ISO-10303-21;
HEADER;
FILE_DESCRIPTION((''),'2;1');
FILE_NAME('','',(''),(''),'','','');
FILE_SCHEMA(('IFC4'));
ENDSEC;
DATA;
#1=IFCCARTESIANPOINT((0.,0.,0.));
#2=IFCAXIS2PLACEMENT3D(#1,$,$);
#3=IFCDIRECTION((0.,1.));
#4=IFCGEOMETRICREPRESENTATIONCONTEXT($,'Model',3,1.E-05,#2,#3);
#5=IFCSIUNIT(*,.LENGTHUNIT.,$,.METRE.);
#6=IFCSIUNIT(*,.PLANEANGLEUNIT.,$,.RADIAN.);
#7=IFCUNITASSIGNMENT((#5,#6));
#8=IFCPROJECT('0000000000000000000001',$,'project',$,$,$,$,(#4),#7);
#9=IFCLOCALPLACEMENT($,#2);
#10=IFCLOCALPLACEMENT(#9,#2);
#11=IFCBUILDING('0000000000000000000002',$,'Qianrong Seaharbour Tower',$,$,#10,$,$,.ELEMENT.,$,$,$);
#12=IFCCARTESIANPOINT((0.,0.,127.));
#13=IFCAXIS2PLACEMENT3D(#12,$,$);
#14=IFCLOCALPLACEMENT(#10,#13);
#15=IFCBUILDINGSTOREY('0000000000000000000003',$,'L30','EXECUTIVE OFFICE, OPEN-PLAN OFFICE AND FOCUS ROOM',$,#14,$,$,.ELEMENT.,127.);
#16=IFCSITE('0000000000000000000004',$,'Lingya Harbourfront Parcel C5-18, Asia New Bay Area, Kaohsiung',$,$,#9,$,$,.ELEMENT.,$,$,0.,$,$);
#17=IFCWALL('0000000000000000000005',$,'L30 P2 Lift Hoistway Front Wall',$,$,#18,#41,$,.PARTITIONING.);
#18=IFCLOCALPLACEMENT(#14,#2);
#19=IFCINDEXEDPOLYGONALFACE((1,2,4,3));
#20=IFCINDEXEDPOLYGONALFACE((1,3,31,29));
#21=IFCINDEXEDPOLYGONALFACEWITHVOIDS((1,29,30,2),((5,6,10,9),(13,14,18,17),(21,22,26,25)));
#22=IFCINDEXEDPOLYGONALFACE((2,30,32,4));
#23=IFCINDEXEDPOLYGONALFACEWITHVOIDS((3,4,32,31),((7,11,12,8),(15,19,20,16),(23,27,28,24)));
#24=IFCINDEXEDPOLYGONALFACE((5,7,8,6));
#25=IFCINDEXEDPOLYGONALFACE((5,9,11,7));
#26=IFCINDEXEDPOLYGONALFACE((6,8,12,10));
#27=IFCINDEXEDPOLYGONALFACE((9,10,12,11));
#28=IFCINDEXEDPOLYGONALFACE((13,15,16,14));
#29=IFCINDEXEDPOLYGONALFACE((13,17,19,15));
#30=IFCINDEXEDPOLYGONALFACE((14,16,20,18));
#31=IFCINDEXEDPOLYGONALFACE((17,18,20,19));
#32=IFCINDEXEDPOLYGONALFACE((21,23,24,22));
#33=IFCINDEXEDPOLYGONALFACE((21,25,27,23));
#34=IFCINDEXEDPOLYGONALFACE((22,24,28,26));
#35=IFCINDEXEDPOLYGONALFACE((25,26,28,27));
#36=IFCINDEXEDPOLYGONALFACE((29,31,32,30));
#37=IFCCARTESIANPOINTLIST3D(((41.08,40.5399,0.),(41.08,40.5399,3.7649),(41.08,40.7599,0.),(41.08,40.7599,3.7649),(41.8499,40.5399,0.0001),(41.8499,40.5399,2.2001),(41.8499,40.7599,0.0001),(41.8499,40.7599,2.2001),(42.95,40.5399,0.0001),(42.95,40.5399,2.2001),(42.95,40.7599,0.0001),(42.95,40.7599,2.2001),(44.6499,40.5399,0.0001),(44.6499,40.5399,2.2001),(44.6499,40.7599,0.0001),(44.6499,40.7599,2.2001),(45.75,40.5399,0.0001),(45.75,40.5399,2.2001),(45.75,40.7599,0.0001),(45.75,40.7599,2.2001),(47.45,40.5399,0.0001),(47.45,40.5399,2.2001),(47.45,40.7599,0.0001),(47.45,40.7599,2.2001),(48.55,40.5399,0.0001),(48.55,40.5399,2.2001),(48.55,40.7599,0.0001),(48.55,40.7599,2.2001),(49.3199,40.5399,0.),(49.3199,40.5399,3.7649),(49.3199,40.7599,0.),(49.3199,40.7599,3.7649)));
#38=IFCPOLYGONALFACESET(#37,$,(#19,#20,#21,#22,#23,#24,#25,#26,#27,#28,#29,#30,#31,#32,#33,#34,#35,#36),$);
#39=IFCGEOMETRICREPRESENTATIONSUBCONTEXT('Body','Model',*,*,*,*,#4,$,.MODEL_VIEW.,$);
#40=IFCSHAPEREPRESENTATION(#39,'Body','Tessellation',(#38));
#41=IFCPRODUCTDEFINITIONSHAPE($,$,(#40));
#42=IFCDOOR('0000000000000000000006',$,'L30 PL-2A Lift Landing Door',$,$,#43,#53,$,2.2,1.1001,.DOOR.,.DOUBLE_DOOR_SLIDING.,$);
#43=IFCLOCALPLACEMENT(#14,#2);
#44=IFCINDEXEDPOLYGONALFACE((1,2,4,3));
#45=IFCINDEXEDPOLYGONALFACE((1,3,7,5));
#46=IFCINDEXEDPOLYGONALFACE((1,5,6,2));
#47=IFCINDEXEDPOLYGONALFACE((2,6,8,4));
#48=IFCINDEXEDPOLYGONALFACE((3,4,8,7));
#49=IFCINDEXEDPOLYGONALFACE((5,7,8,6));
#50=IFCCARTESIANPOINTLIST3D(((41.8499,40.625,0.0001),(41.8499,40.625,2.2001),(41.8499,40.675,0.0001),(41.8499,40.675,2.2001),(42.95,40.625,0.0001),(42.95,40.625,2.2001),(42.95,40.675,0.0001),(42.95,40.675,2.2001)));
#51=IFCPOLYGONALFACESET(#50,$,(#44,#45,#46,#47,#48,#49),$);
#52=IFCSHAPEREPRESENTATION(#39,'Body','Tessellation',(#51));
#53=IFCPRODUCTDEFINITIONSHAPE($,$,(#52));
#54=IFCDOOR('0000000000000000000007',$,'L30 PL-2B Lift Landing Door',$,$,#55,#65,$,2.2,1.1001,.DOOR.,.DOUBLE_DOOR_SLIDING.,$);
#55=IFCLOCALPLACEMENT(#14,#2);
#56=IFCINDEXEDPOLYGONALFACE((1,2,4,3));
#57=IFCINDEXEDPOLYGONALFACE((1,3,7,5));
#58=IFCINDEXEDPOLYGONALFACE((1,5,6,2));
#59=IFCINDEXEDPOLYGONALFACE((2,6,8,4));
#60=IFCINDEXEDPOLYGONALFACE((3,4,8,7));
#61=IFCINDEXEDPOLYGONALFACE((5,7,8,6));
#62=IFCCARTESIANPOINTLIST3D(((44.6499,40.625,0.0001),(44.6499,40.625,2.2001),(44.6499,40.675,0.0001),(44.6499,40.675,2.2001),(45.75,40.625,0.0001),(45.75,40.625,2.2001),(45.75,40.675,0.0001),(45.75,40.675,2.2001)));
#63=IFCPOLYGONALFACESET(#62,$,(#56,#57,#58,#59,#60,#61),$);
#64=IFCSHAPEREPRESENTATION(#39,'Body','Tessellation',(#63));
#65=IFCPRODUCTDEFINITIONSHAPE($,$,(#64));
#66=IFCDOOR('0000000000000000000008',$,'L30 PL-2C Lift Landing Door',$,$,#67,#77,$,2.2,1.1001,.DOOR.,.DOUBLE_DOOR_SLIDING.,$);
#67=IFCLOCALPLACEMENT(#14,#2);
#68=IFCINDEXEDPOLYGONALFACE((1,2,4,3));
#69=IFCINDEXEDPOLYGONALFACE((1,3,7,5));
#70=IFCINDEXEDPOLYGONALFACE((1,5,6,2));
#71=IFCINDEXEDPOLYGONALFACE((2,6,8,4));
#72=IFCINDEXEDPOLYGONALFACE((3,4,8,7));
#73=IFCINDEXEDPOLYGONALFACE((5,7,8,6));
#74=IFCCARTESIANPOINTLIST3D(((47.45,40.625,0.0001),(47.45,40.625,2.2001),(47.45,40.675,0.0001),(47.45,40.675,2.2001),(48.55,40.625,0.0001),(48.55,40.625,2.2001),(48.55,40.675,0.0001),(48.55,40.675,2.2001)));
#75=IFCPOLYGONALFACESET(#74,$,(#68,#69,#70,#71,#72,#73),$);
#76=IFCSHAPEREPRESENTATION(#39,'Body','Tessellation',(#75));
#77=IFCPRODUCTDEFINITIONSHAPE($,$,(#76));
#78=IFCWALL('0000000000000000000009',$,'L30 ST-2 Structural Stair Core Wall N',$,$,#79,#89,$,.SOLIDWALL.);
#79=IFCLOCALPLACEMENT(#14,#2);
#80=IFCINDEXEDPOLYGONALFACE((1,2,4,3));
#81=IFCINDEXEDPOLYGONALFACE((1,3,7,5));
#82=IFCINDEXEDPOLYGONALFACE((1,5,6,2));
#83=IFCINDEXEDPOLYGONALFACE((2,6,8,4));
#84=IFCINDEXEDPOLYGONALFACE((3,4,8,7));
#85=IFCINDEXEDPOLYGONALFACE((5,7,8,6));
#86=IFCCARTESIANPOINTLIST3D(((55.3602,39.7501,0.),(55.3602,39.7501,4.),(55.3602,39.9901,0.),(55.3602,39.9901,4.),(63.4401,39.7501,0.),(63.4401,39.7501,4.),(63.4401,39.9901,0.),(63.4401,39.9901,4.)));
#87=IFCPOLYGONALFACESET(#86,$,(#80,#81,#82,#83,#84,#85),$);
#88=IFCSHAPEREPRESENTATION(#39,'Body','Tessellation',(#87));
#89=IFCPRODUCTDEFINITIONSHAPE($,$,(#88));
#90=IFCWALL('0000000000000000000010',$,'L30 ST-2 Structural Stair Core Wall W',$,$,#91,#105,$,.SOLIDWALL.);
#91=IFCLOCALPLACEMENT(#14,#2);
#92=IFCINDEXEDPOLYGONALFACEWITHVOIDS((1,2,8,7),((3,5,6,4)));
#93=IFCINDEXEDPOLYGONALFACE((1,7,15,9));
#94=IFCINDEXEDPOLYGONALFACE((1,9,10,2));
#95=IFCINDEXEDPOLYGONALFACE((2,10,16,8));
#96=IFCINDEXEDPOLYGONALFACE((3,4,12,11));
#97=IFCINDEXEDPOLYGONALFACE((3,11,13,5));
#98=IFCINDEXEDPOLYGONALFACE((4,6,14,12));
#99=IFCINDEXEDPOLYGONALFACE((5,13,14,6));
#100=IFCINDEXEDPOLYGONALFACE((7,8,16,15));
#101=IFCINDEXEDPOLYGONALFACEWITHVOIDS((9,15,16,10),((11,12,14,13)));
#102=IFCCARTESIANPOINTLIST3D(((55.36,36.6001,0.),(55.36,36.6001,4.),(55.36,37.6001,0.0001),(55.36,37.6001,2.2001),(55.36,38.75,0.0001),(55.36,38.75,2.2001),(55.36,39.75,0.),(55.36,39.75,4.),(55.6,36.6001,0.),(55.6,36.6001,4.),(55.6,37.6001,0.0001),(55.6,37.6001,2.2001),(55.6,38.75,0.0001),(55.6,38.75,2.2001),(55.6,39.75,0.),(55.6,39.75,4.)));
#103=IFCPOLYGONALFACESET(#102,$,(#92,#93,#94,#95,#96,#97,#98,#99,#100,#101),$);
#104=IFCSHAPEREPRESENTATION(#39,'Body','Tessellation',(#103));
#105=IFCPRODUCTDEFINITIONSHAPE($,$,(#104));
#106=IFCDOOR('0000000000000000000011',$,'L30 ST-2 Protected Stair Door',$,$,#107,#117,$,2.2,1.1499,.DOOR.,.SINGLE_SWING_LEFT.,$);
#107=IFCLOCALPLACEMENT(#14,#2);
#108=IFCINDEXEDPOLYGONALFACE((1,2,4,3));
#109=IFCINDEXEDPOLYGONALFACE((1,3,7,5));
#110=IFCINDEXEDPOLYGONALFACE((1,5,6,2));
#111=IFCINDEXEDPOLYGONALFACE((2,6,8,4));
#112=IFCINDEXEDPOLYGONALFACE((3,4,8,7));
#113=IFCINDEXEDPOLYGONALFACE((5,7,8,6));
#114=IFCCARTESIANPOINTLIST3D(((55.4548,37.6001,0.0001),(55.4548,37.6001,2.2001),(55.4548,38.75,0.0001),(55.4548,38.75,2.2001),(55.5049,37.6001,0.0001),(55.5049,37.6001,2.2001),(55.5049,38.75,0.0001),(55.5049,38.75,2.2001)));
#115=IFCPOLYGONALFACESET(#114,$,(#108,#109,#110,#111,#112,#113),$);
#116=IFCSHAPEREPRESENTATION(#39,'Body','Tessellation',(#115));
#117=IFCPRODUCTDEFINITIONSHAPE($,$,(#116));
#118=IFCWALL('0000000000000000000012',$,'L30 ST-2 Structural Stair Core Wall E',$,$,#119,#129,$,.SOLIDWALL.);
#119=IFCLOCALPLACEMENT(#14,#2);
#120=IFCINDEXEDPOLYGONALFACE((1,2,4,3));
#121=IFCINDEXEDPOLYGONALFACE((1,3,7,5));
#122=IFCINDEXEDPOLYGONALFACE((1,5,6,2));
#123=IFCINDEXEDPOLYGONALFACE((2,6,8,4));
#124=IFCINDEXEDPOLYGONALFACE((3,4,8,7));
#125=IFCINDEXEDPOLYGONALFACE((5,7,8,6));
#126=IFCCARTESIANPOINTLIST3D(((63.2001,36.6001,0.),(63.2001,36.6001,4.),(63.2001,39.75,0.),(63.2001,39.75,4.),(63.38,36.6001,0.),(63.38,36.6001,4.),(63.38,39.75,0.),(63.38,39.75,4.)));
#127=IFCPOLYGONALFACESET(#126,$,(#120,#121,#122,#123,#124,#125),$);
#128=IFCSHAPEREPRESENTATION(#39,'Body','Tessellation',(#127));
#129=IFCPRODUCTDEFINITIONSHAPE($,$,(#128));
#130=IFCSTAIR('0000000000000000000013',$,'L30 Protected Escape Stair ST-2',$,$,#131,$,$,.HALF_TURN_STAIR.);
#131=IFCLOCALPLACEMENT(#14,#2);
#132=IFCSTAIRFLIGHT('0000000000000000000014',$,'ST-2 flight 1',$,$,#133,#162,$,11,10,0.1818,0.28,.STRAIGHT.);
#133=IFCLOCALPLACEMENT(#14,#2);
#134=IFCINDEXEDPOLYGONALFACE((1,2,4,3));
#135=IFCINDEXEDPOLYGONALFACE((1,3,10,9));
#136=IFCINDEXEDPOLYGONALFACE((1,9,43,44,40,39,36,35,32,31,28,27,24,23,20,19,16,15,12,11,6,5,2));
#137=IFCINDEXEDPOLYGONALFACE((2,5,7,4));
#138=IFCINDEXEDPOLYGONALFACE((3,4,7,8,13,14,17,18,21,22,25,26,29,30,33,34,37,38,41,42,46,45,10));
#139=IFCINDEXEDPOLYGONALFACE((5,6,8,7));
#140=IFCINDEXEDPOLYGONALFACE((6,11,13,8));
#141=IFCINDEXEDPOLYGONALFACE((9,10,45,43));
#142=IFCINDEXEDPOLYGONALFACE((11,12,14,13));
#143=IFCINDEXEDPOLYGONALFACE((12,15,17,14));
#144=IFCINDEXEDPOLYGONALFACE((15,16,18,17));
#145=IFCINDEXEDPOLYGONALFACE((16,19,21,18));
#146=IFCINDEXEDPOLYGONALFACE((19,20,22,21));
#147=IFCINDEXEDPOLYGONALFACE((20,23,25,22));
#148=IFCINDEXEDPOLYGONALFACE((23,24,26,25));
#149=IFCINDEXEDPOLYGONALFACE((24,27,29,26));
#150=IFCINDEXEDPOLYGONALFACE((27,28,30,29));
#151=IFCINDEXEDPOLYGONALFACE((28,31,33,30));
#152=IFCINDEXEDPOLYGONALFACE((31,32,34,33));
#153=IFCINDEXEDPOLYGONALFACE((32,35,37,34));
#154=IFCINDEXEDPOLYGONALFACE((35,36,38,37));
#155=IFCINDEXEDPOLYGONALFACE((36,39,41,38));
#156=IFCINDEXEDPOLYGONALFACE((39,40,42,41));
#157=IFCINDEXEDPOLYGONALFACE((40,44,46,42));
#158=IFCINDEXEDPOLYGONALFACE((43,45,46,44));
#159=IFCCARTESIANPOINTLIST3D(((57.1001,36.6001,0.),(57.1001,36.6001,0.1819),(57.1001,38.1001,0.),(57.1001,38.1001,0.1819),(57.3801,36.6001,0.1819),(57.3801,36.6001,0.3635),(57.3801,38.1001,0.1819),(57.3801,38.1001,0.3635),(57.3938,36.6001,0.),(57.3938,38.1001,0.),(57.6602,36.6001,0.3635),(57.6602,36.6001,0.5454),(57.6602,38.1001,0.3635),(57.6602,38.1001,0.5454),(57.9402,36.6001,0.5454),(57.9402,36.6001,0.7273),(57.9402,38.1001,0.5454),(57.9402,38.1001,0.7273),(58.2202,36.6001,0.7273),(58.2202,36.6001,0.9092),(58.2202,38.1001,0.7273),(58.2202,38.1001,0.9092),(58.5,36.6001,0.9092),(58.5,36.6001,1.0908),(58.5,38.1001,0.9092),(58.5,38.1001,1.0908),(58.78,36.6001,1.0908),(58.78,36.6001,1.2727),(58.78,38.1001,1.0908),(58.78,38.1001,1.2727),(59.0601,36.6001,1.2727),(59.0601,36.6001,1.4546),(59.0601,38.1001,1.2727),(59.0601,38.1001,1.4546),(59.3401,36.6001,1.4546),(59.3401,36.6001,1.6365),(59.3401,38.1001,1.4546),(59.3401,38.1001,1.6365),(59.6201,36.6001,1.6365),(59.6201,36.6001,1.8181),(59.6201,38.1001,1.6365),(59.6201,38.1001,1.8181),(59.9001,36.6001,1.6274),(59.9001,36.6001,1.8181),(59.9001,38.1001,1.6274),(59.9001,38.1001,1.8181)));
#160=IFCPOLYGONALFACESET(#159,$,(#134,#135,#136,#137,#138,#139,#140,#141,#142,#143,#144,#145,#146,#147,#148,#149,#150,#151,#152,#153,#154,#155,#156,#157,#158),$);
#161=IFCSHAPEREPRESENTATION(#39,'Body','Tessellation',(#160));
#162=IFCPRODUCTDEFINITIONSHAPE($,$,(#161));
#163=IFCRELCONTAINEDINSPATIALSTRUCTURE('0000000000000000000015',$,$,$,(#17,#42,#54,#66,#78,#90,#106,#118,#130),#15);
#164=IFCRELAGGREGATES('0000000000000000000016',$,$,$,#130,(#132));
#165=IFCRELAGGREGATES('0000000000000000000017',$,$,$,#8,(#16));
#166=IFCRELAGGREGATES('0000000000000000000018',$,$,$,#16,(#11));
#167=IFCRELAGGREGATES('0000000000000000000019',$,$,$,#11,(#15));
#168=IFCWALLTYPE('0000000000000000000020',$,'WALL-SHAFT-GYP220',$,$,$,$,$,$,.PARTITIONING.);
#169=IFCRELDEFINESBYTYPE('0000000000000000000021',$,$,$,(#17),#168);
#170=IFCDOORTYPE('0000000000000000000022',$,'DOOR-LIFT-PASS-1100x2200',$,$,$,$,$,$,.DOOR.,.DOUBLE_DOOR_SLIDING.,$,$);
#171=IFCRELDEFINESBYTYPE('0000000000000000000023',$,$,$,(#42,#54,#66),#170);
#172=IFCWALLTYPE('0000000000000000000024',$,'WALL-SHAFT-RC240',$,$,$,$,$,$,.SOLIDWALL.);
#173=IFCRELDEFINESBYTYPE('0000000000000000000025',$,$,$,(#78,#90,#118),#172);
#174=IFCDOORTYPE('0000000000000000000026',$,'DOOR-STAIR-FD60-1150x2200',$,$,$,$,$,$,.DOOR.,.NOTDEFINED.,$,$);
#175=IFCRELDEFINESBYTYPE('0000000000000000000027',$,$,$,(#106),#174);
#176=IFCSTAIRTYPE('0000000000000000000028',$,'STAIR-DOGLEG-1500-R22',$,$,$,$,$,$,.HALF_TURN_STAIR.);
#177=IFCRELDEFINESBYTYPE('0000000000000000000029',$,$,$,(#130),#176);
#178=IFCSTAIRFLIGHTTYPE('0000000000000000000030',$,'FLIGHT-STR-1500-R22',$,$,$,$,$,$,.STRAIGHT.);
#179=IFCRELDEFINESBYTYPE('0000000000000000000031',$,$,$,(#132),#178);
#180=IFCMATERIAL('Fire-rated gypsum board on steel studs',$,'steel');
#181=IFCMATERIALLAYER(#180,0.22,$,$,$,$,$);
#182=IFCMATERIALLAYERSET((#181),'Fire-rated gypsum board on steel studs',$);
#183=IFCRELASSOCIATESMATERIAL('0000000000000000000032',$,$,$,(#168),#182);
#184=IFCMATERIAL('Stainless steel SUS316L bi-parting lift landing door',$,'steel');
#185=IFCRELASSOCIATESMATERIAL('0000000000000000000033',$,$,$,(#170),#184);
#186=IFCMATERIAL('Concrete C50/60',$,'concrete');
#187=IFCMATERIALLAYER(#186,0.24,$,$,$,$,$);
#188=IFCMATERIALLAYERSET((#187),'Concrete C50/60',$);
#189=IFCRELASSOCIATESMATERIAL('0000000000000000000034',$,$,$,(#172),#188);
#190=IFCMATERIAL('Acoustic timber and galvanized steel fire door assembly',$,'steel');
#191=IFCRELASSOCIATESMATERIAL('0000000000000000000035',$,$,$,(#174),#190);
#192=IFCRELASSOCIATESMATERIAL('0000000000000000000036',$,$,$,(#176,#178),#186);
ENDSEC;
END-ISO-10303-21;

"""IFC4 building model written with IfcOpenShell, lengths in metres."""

from ifc_helpers import new_model, si_unit, direction, frame, frame_2d, origin, place, context, subcontext, project, spatial, polyline, rectangle, outline, extrude, material, layer, layer_set, type_object, element, fill, aggregate, save


model = new_model("IFC4")

# Units and contexts
model_context = context("Model", 3, precision=1e-05, world=origin(), true_north=direction((0.0, 1.0)))
body_context = subcontext(model_context, "Body", "Model", "MODEL_VIEW")
ifc_project = project(units=[si_unit("LENGTHUNIT", "METRE"), si_unit("PLANEANGLEUNIT", "RADIAN")], contexts=[model_context])

# Site, building, storey
site_placement = place(None, origin())
site = spatial("IfcSite", under=ifc_project, at=site_placement, Name="Lingya Harbourfront Parcel C5-18, Asia New Bay Area, Kaohsiung", CompositionType="ELEMENT", RefElevation=0.0)
building_placement = place(site_placement, origin())
building = spatial("IfcBuilding", under=site, at=building_placement, Name="Qianrong Seaharbour Tower", CompositionType="ELEMENT")
storey_placement = place(building_placement, frame((0.0, 0.0, 127.0)))
storey = spatial("IfcBuildingStorey", under=building, at=storey_placement, Name="L30", Description="EXECUTIVE OFFICE, OPEN-PLAN OFFICE AND FOCUS ROOM", CompositionType="ELEMENT", Elevation=127.0)

# Shared definitions
ifc_material_1 = material(Name="Acoustic timber and galvanized steel fire door assembly", Category="steel")

# Wall, openings, doors
ifc_material_2 = material(Name="Fire-rated gypsum board on steel studs", Category="steel")
ifc_layer_1 = layer(ifc_material_2, 0.22)
ifc_layer_set_1 = layer_set([ifc_layer_1], Name="Fire-rated gypsum board on steel studs")
wall_type_1 = type_object("IfcWallType", Name="WALL-SHAFT-GYP220", PredefinedType="PARTITIONING", material=ifc_layer_set_1)
wall_1_placement = place(storey_placement, frame((49.3201, 40.6499, 0.0), z_axis=(0.0, 0.0, 1.0), x_axis=(-1.0, 0.0, 0.0)))
wall_1 = element("IfcWall", 1, at=wall_1_placement, inside=storey, type_object=wall_type_1, Name="L30 P2 Lift Hoistway Front Wall", PredefinedType="PARTITIONING", context=body_context, shape_type="SweptSolid", body=[
    extrude(rectangle(XDim=8.24, YDim=0.22, at=frame_2d((4.1201, 0.0))), origin(), (0.0, 0.0, 1.0), 3.7649),
])
opening_1_placement = place(wall_1_placement, frame((6.3701, 0.0, 0.0)))
opening_1 = element("IfcOpeningElement", 2, at=opening_1_placement, cuts=wall_1, PredefinedType="OPENING", context=body_context, shape_type="SweptSolid", body=[
    extrude(rectangle(XDim=1.1001, YDim=2.2, at=frame_2d((0.55, 1.1001))), frame((0.0, 0.1201, 0.0), z_axis=(0.0, -1.0, 0.0), x_axis=(1.0, 0.0, 0.0)), (0.0, 0.0, 1.0), 0.24),
])
opening_2_placement = place(wall_1_placement, frame((3.5701, 0.0, 0.0)))
opening_2 = element("IfcOpeningElement", 3, at=opening_2_placement, cuts=wall_1, PredefinedType="OPENING", context=body_context, shape_type="SweptSolid", body=[
    extrude(rectangle(XDim=1.1001, YDim=2.2, at=frame_2d((0.55, 1.1001))), frame((0.0, 0.1201, 0.0), z_axis=(0.0, -1.0, 0.0), x_axis=(1.0, 0.0, 0.0)), (0.0, 0.0, 1.0), 0.24),
])
opening_3_placement = place(wall_1_placement, frame((0.77, 0.0, 0.0)))
opening_3 = element("IfcOpeningElement", 4, at=opening_3_placement, cuts=wall_1, PredefinedType="OPENING", context=body_context, shape_type="SweptSolid", body=[
    extrude(rectangle(XDim=1.1001, YDim=2.2, at=frame_2d((0.55, 1.1001))), frame((0.0, 0.1201, 0.0), z_axis=(0.0, -1.0, 0.0), x_axis=(1.0, 0.0, 0.0)), (0.0, 0.0, 1.0), 0.24),
])
ifc_material_3 = material(Name="Stainless steel SUS316L bi-parting lift landing door", Category="steel")
door_type_1 = type_object("IfcDoorType", Name="DOOR-LIFT-PASS-1100x2200", OperationType="DOUBLE_DOOR_SLIDING", PredefinedType="DOOR", material=ifc_material_3)
door_1_placement = place(opening_1_placement, origin())
door_1 = element("IfcDoor", 5, at=door_1_placement, inside=storey, type_object=door_type_1, Name="L30 PL-2A Lift Landing Door", OperationType="DOUBLE_DOOR_SLIDING", OverallHeight=2.2, OverallWidth=1.1001, PredefinedType="DOOR", context=body_context, shape_type="SweptSolid", body=[
    extrude(rectangle(XDim=1.1001, YDim=2.2, at=frame_2d((0.55, 1.1001))), frame((0.0, 0.0249, 0.0), z_axis=(0.0, -1.0, 0.0), x_axis=(1.0, 0.0, 0.0)), (0.0, 0.0, 1.0), 0.05),
])
fill(opening_1, door_1)
door_2_placement = place(opening_2_placement, origin())
door_2 = element("IfcDoor", 6, at=door_2_placement, inside=storey, type_object=door_type_1, Name="L30 PL-2B Lift Landing Door", OperationType="DOUBLE_DOOR_SLIDING", OverallHeight=2.2, OverallWidth=1.1001, PredefinedType="DOOR", context=body_context, shape_type="SweptSolid", body=[
    extrude(rectangle(XDim=1.1001, YDim=2.2, at=frame_2d((0.55, 1.1001))), frame((0.0, 0.0249, 0.0), z_axis=(0.0, -1.0, 0.0), x_axis=(1.0, 0.0, 0.0)), (0.0, 0.0, 1.0), 0.05),
])
fill(opening_2, door_2)
door_3_placement = place(opening_3_placement, origin())
door_3 = element("IfcDoor", 7, at=door_3_placement, inside=storey, type_object=door_type_1, Name="L30 PL-2C Lift Landing Door", OperationType="DOUBLE_DOOR_SLIDING", OverallHeight=2.2, OverallWidth=1.1001, PredefinedType="DOOR", context=body_context, shape_type="SweptSolid", body=[
    extrude(rectangle(XDim=1.1001, YDim=2.2, at=frame_2d((0.55, 1.1001))), frame((0.0, 0.0249, 0.0), z_axis=(0.0, -1.0, 0.0), x_axis=(1.0, 0.0, 0.0)), (0.0, 0.0, 1.0), 0.05),
])
fill(opening_3, door_3)

# Wall
ifc_material_4 = material(Name="Concrete C50/60", Category="concrete")
ifc_layer_2 = layer(ifc_material_4, 0.24)
ifc_layer_set_2 = layer_set([ifc_layer_2], Name="Concrete C50/60")
wall_type_2 = type_object("IfcWallType", Name="WALL-SHAFT-RC240", PredefinedType="SOLIDWALL", material=ifc_layer_set_2)
wall_2_placement = place(storey_placement, frame((55.3601, 39.8701, 0.0), z_axis=(0.0, 0.0, 1.0), x_axis=(1.0, 0.0, 0.0)))
element("IfcWall", 8, at=wall_2_placement, inside=storey, type_object=wall_type_2, Name="L30 ST-2 Structural Stair Core Wall N", PredefinedType="SOLIDWALL", context=body_context, shape_type="SweptSolid", body=[
    extrude(rectangle(XDim=8.0798, YDim=0.24, at=frame_2d((4.04, 0.0))), origin(), (0.0, 0.0, 1.0), 4.0),
])

# Wall, opening, door
wall_3_placement = place(storey_placement, frame((55.48, 39.75, 0.0), z_axis=(0.0, 0.0, 1.0), x_axis=(0.0, -1.0, 0.0)))
wall_3 = element("IfcWall", 9, at=wall_3_placement, inside=storey, type_object=wall_type_2, Name="L30 ST-2 Structural Stair Core Wall W", PredefinedType="SOLIDWALL", context=body_context, shape_type="SweptSolid", body=[
    extrude(rectangle(XDim=3.1499, YDim=0.24, at=frame_2d((1.575, 0.0))), origin(), (0.0, 0.0, 1.0), 4.0),
])
opening_4_placement = place(wall_3_placement, frame((1.0, 0.0, 0.0)))
opening_4 = element("IfcOpeningElement", 10, at=opening_4_placement, cuts=wall_3, PredefinedType="OPENING", context=body_context, shape_type="SweptSolid", body=[
    extrude(rectangle(XDim=1.1499, YDim=2.2, at=frame_2d((0.575, 1.1001))), frame((0.0, 0.1299, 0.0), z_axis=(0.0, -1.0, 0.0), x_axis=(1.0, 0.0, 0.0)), (0.0, 0.0, 1.0), 0.26),
])
door_type_2 = type_object("IfcDoorType", Name="DOOR-STAIR-FD60-1150x2200", OperationType="NOTDEFINED", PredefinedType="DOOR", material=ifc_material_1)
door_4_placement = place(opening_4_placement, origin())
door_4 = element("IfcDoor", 11, at=door_4_placement, inside=storey, type_object=door_type_2, Name="L30 ST-2 Protected Stair Door", OperationType="SINGLE_SWING_LEFT", OverallHeight=2.2, OverallWidth=1.1499, PredefinedType="DOOR", context=body_context, shape_type="SweptSolid", body=[
    extrude(rectangle(XDim=1.1499, YDim=2.2, at=frame_2d((0.575, 1.1001))), frame((0.0, 0.0249, 0.0), z_axis=(0.0, -1.0, 0.0), x_axis=(1.0, 0.0, 0.0)), (0.0, 0.0, 1.0), 0.05),
])
fill(opening_4, door_4)

# Wall
wall_4_placement = place(storey_placement, frame((63.29, 36.6001, 0.0), z_axis=(0.0, 0.0, 1.0), x_axis=(0.0, 1.0, 0.0)))
element("IfcWall", 12, at=wall_4_placement, inside=storey, type_object=wall_type_2, Name="L30 ST-2 Structural Stair Core Wall E", PredefinedType="SOLIDWALL", context=body_context, shape_type="SweptSolid", body=[
    extrude(rectangle(XDim=3.1499, YDim=0.1799, at=frame_2d((1.575, 0.0))), origin(), (0.0, 0.0, 1.0), 4.0),
])

# Stair, stair flight
stair_type = type_object("IfcStairType", Name="STAIR-DOGLEG-1500-R22", PredefinedType="HALF_TURN_STAIR", material=ifc_material_4)
stair_placement = place(storey_placement, origin())
stair = element("IfcStair", 13, at=stair_placement, inside=storey, type_object=stair_type, Name="L30 Protected Escape Stair ST-2", PredefinedType="HALF_TURN_STAIR")
stair_flight_type = type_object("IfcStairFlightType", Name="FLIGHT-STR-1500-R22", PredefinedType="STRAIGHT", material=ifc_material_4)
stair_flight_1_placement = place(storey_placement, frame((57.1001, 37.3501, 0.0), z_axis=(0.0, 0.0, 1.0), x_axis=(1.0, 0.0, 0.0)))
stair_flight_1 = element("IfcStairFlight", 14, at=stair_flight_1_placement, type_object=stair_flight_type, Name="ST-2 flight 1", NumberOfRisers=11, NumberOfTreads=10, PredefinedType="STRAIGHT", RiserHeight=0.1818, TreadLength=0.28, context=body_context, shape_type="SweptSolid", body=[
    extrude(outline(polyline([(0.0, 0.0), (0.0, 0.1819), (0.28, 0.1819), (0.28, 0.3635), (0.5601, 0.3635), (0.5601, 0.5454), (0.8401, 0.5454), (0.8401, 0.7273), (1.1201, 0.7273), (1.1201, 0.9092), (1.3999, 0.9092), (1.3999, 1.0908), (1.6799, 1.0908), (1.6799, 1.2727), (1.96, 1.2727), (1.96, 1.4546), (2.24, 1.4546), (2.24, 1.6365), (2.52, 1.6365), (2.52, 1.8181), (2.8, 1.8181), (2.8, 2.0), (2.8, 1.6274), (0.2937, 0.0), (0.0, 0.0)])), frame((0.0, 0.75, 0.0), z_axis=(0.0, -1.0, 0.0), x_axis=(1.0, 0.0, 0.0)), (0.0, 0.0, 1.0), 1.5),
])
aggregate(stair, [stair_flight_1])

save(model, "model.ifc")
